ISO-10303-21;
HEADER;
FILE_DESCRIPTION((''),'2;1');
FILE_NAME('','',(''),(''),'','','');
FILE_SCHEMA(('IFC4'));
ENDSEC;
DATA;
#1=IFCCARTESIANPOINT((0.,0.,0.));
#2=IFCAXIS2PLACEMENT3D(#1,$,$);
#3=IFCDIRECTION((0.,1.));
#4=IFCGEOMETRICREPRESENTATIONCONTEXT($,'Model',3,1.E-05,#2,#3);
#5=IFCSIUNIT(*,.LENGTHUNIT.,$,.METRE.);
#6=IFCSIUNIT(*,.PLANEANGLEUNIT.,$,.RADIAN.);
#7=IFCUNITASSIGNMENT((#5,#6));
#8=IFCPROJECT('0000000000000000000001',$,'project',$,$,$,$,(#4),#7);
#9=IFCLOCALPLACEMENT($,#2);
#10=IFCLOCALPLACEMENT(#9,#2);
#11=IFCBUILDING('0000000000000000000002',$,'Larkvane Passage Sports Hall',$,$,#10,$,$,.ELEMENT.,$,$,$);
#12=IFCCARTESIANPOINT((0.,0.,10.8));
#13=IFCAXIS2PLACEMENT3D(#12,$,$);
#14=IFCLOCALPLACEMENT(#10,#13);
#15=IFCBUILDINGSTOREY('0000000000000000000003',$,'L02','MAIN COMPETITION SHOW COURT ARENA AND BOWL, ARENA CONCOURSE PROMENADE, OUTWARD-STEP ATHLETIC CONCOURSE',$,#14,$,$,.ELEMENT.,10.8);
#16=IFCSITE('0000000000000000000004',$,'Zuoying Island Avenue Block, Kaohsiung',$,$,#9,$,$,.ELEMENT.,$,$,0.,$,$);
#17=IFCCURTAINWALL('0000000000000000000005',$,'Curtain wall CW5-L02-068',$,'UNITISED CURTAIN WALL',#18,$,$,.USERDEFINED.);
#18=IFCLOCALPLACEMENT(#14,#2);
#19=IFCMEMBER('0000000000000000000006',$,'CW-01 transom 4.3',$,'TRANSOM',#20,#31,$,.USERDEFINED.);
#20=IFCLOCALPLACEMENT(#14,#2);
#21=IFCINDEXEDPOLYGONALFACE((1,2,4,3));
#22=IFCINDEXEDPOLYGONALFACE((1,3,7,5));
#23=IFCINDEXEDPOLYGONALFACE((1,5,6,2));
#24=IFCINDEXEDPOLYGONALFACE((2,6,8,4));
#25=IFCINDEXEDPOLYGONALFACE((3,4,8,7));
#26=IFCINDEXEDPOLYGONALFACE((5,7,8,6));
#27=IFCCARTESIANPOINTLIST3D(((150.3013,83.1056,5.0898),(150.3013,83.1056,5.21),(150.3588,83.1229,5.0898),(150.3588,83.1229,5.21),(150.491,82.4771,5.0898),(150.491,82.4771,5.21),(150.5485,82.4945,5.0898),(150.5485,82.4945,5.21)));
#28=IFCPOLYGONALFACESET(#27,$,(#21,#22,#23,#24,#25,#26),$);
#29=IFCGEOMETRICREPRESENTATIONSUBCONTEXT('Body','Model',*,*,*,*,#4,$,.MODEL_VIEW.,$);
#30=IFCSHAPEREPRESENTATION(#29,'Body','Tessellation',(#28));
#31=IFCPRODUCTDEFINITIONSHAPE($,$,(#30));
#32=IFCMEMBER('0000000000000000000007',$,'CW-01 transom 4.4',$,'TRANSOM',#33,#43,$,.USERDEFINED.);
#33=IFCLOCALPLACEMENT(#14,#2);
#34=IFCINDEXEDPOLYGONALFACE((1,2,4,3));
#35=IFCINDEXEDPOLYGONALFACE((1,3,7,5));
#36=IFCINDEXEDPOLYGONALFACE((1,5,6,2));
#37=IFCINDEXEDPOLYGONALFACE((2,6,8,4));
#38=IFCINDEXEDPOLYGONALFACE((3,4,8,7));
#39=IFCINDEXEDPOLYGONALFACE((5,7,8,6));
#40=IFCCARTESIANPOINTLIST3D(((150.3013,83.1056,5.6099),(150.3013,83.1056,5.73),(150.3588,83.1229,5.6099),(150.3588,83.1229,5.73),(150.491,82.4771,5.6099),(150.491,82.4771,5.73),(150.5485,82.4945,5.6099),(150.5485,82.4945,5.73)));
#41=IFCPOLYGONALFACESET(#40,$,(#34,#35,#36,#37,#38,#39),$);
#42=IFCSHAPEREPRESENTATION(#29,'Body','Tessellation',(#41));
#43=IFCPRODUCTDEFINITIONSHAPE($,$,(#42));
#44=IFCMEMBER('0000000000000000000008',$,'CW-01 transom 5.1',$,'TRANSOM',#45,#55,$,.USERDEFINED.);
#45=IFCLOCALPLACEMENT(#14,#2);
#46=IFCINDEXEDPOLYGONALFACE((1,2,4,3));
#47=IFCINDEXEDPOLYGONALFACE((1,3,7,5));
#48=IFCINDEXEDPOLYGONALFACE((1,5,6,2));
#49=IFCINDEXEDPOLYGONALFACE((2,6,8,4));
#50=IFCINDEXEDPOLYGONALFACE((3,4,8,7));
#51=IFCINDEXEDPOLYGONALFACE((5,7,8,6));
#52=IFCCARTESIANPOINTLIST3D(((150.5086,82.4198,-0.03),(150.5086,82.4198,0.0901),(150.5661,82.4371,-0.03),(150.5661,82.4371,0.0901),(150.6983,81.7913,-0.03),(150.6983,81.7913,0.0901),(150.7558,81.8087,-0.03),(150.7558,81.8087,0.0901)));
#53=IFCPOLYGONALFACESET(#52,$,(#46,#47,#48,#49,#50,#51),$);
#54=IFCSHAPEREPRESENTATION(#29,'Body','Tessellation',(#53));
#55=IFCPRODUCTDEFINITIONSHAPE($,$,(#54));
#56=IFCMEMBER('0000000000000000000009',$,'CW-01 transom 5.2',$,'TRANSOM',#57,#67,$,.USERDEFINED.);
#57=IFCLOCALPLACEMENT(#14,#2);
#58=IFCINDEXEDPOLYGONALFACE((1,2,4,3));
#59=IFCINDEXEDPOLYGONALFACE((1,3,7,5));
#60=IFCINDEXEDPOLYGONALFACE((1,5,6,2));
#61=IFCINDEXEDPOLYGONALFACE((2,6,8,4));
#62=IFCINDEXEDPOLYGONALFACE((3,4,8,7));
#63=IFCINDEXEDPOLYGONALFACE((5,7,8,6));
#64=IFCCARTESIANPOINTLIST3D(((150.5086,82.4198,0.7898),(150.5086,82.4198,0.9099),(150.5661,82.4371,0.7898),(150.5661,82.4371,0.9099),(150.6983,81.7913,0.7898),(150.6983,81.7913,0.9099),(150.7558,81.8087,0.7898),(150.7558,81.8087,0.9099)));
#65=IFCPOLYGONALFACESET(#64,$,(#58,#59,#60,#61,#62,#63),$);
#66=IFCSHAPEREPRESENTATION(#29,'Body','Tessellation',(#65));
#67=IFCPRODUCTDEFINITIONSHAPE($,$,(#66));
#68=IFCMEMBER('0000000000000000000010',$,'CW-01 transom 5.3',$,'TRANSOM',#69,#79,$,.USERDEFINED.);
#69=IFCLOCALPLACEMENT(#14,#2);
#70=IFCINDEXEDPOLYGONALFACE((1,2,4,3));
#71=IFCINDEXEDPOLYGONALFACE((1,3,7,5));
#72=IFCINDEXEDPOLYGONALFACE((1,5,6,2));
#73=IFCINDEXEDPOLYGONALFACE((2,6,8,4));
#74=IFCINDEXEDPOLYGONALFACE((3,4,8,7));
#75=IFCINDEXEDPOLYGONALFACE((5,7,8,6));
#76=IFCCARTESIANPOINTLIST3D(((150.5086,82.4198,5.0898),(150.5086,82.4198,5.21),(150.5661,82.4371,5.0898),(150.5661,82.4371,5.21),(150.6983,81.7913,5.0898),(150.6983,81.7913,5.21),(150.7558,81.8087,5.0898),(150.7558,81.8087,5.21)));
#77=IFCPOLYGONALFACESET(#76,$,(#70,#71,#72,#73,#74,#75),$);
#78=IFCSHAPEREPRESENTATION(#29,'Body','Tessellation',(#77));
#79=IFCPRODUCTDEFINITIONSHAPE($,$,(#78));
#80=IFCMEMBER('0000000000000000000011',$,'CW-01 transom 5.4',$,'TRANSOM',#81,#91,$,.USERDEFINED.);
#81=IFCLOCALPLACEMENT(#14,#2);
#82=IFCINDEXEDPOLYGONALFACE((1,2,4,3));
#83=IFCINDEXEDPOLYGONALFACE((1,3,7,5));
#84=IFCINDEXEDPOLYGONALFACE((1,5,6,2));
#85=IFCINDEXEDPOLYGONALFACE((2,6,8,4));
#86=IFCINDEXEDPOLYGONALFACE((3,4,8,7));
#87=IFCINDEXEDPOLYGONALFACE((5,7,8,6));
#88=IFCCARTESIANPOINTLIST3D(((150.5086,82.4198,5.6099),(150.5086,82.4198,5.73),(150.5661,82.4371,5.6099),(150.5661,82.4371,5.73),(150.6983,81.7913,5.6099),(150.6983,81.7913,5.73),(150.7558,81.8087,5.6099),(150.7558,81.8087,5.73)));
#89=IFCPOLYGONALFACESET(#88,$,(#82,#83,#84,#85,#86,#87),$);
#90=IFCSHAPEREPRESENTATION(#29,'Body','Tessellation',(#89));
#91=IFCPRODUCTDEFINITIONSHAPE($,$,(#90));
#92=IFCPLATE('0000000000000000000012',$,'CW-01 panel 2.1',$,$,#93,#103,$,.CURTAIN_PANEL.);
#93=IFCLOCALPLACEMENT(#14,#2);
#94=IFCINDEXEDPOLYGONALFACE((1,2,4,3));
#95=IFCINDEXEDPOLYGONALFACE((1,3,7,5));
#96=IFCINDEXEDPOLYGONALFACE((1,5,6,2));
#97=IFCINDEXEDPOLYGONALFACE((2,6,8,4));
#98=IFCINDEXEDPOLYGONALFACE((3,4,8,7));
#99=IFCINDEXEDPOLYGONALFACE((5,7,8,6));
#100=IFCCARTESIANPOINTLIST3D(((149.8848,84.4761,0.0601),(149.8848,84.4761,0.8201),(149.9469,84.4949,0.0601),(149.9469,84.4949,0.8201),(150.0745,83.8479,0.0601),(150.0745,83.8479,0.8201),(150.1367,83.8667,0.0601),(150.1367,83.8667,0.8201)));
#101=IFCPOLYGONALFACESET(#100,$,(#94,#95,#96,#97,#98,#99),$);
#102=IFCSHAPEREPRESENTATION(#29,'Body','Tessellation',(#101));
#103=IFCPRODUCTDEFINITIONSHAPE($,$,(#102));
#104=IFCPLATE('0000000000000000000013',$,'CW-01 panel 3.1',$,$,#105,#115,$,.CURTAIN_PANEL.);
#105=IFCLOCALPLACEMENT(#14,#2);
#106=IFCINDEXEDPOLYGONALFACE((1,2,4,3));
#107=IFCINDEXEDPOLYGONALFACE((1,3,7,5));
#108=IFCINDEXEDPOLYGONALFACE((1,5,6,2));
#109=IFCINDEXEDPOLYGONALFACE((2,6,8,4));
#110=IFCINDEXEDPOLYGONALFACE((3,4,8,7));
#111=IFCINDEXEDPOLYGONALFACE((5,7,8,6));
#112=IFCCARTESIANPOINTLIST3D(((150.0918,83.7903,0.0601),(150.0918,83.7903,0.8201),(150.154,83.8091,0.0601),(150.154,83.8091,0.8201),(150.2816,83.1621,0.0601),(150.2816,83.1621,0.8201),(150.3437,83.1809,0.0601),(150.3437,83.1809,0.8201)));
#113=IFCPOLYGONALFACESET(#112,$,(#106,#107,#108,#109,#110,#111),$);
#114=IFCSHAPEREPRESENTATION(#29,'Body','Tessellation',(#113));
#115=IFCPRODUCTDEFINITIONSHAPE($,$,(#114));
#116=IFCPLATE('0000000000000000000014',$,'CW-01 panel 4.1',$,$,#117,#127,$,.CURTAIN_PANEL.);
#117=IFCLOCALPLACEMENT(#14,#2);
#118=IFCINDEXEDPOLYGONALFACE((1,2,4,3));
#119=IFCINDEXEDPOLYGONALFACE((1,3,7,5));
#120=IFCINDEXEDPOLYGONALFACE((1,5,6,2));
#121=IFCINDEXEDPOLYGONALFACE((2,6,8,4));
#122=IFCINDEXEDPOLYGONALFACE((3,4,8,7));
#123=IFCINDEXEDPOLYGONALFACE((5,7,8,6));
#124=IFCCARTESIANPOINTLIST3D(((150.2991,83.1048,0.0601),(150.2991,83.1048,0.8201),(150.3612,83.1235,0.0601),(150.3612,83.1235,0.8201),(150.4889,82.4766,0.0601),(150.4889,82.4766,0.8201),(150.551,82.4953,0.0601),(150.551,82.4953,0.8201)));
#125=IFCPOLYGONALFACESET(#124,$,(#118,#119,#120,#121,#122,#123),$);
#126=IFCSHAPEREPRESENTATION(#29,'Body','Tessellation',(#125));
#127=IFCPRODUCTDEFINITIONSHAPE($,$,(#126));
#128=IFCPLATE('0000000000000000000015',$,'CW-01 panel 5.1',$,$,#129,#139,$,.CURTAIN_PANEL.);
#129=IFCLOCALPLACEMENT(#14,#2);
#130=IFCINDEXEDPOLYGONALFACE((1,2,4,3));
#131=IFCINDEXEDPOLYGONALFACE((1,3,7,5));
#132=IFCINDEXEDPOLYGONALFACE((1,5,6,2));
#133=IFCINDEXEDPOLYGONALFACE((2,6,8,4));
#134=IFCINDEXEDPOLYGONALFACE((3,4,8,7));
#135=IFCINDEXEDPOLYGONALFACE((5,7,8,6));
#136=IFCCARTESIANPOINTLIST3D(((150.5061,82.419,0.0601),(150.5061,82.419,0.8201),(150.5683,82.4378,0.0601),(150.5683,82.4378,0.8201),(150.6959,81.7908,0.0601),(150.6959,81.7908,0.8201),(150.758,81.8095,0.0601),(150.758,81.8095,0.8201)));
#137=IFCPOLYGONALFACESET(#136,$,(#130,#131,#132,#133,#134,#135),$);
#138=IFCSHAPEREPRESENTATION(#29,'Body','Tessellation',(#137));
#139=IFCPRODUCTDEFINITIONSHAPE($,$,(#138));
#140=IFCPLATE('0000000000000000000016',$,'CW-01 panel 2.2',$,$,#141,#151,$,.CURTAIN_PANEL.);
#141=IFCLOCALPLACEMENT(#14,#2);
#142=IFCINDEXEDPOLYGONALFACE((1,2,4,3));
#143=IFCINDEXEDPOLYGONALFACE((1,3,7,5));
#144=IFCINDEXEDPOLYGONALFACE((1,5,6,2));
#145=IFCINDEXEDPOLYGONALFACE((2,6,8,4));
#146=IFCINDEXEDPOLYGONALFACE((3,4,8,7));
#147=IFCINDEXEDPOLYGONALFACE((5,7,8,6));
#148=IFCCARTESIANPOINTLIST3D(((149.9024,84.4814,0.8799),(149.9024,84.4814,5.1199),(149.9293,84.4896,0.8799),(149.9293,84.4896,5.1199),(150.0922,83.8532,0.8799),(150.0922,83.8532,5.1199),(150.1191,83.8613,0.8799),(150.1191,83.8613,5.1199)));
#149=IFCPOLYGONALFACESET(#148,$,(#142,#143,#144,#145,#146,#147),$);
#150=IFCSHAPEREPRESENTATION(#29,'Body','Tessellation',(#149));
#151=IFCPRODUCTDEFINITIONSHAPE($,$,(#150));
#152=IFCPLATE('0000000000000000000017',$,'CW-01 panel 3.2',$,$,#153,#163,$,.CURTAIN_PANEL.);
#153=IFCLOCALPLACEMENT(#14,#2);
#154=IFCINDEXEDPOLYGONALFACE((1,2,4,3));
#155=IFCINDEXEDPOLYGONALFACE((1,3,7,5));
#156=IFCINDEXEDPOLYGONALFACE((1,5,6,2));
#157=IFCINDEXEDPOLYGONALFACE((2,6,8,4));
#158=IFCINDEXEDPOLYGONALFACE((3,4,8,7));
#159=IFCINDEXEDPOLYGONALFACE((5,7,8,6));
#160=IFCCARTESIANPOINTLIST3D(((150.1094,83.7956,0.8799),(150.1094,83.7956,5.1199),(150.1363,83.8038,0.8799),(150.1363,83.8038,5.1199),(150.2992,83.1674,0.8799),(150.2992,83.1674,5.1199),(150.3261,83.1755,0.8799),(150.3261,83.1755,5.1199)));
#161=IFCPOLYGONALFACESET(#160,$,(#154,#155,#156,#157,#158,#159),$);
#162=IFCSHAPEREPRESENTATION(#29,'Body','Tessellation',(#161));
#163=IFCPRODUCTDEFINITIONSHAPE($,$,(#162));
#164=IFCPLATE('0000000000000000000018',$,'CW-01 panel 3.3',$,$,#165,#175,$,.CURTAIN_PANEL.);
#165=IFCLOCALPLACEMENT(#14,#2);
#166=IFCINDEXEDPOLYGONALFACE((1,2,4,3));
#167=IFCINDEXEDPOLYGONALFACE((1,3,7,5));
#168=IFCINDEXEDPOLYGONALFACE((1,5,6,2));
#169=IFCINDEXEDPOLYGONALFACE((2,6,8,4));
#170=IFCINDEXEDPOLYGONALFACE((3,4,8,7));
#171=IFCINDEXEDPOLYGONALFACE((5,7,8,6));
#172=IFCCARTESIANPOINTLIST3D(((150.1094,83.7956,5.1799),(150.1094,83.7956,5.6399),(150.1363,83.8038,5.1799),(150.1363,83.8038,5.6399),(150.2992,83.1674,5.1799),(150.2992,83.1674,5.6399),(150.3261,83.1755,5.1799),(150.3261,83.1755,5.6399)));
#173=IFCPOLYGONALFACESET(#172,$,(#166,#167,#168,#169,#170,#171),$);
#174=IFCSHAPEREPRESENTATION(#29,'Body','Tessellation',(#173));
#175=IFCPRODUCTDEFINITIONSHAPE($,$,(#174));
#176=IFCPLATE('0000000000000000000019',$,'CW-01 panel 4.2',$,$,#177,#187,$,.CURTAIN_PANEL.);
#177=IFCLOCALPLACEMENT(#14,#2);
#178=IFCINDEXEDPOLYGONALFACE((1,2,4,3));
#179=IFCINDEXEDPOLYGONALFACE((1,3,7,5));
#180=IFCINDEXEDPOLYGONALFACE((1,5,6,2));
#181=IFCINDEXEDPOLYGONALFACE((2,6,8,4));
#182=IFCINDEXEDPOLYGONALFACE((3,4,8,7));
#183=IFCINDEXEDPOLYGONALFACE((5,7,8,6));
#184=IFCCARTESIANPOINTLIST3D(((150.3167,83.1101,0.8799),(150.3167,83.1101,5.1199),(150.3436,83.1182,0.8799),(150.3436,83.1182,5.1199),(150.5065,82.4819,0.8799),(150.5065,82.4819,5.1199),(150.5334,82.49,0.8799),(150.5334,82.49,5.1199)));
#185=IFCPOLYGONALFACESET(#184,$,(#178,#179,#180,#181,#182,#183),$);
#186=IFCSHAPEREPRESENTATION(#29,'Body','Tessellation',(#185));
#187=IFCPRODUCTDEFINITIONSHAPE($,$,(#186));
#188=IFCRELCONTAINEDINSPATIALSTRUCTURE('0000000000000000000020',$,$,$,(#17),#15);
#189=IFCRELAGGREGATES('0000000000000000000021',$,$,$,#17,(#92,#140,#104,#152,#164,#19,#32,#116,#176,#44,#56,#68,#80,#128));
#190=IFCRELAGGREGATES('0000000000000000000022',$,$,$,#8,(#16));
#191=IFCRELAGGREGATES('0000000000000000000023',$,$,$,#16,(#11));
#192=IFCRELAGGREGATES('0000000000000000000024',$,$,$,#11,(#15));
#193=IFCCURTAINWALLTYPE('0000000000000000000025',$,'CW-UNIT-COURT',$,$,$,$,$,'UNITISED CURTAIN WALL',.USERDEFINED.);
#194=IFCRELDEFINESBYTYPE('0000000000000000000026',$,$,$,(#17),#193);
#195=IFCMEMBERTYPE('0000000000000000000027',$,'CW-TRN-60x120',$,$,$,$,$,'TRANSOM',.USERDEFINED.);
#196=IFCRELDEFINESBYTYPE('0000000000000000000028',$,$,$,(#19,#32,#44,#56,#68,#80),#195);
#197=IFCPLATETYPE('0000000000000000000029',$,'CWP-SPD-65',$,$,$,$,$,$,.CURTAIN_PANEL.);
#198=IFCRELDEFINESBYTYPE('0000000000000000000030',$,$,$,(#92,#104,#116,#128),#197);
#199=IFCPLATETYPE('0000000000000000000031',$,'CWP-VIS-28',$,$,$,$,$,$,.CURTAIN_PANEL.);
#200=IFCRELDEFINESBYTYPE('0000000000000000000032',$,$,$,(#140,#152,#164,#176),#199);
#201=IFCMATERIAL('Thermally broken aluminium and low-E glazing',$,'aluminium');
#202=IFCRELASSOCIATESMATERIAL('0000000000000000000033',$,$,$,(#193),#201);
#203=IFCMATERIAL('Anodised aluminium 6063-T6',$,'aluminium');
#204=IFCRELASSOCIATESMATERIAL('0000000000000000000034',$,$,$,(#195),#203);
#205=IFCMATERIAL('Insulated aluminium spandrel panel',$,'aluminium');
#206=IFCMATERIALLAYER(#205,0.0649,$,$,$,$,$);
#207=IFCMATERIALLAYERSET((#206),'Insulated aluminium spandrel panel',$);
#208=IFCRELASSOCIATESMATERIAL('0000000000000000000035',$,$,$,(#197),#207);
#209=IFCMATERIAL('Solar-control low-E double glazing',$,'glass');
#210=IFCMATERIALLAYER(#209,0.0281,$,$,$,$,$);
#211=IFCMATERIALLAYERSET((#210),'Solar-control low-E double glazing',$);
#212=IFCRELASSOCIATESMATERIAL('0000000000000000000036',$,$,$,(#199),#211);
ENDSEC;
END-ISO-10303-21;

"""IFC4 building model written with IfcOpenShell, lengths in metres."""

from ifc_helpers import new_model, si_unit, direction, frame, origin, origin_2d, place, context, subcontext, project, spatial, rectangle, extrude, material, layer, layer_set, material_profile, profile_set, type_object, element, aggregate, save


model = new_model("IFC4")

# Units and contexts
model_context = context("Model", 3, precision=1e-05, world=origin(), true_north=direction((0.0, 1.0)))
body_context = subcontext(model_context, "Body", "Model", "MODEL_VIEW")
ifc_project = project(units=[si_unit("LENGTHUNIT", "METRE"), si_unit("PLANEANGLEUNIT", "RADIAN")], contexts=[model_context])

# Site, building, storey
site_placement = place(None, origin())
site = spatial("IfcSite", under=ifc_project, at=site_placement, Name="Zuoying Island Avenue Block, Kaohsiung", CompositionType="ELEMENT", RefElevation=0.0)
building_placement = place(site_placement, origin())
building = spatial("IfcBuilding", under=site, at=building_placement, Name="Larkvane Passage Sports Hall", CompositionType="ELEMENT")
storey_placement = place(building_placement, frame((0.0, 0.0, 10.8)))
storey = spatial("IfcBuildingStorey", under=building, at=storey_placement, Name="L02", Description="MAIN COMPETITION SHOW COURT ARENA AND BOWL, ARENA CONCOURSE PROMENADE, OUTWARD-STEP ATHLETIC CONCOURSE", CompositionType="ELEMENT", Elevation=10.8)

# Curtain wall, members, plates
ifc_material_1 = material(Name="Thermally broken aluminium and low-E glazing", Category="aluminium")
curtain_wall_type = type_object("IfcCurtainWallType", Name="CW-UNIT-COURT", ElementType="UNITISED CURTAIN WALL", PredefinedType="USERDEFINED", material=ifc_material_1)
curtain_wall_placement = place(storey_placement, origin())
curtain_wall = element("IfcCurtainWall", 1, at=curtain_wall_placement, inside=storey, type_object=curtain_wall_type, Name="Curtain wall CW5-L02-068", ObjectType="UNITISED CURTAIN WALL", PredefinedType="USERDEFINED")
ifc_material_2 = material(Name="Anodised aluminium 6063-T6", Category="aluminium")
ifc_material_profile_1 = material_profile(ifc_material_2, rectangle(XDim=0.0601, YDim=0.1201, at=origin_2d()), Name="ALU-TRN-60x120")
ifc_profile_set_1 = profile_set([ifc_material_profile_1], Name="Anodised aluminium 6063-T6")
member_type_1 = type_object("IfcMemberType", Name="CW-TRN-60x120", ElementType="TRANSOM", PredefinedType="USERDEFINED", material=ifc_profile_set_1)
member_1_placement = place(storey_placement, frame((150.3301, 83.1143, 5.1499), z_axis=(0.288985, -0.957334, 0.0), x_axis=(0.957334, 0.288985, 0.0)))
member_1 = element("IfcMember", 2, at=member_1_placement, type_object=member_type_1, Name="CW-01 transom 4.3", ObjectType="TRANSOM", PredefinedType="USERDEFINED", context=body_context, shape_type="SweptSolid", body=[
    extrude(rectangle(XDim=0.0601, YDim=0.1201, at=origin_2d()), origin(), (0.0, 0.0, 1.0), 0.6565),
])
member_2_placement = place(storey_placement, frame((150.3301, 83.1143, 5.6699), z_axis=(0.288985, -0.957334, 0.0), x_axis=(0.957334, 0.288985, 0.0)))
member_2 = element("IfcMember", 3, at=member_2_placement, type_object=member_type_1, Name="CW-01 transom 4.4", ObjectType="TRANSOM", PredefinedType="USERDEFINED", context=body_context, shape_type="SweptSolid", body=[
    extrude(rectangle(XDim=0.0601, YDim=0.1201, at=origin_2d()), origin(), (0.0, 0.0, 1.0), 0.6565),
])
member_3_placement = place(storey_placement, frame((150.5374, 82.4285, 0.03), z_axis=(0.288985, -0.957334, 0.0), x_axis=(0.957334, 0.288985, 0.0)))
member_3 = element("IfcMember", 4, at=member_3_placement, type_object=member_type_1, Name="CW-01 transom 5.1", ObjectType="TRANSOM", PredefinedType="USERDEFINED", context=body_context, shape_type="SweptSolid", body=[
    extrude(rectangle(XDim=0.0601, YDim=0.1201, at=origin_2d()), origin(), (0.0, 0.0, 1.0), 0.6565),
])
member_4_placement = place(storey_placement, frame((150.5374, 82.4285, 0.8499), z_axis=(0.288985, -0.957334, 0.0), x_axis=(0.957334, 0.288985, 0.0)))
member_4 = element("IfcMember", 5, at=member_4_placement, type_object=member_type_1, Name="CW-01 transom 5.2", ObjectType="TRANSOM", PredefinedType="USERDEFINED", context=body_context, shape_type="SweptSolid", body=[
    extrude(rectangle(XDim=0.0601, YDim=0.1201, at=origin_2d()), origin(), (0.0, 0.0, 1.0), 0.6565),
])
member_5_placement = place(storey_placement, frame((150.5374, 82.4285, 5.1499), z_axis=(0.288985, -0.957334, 0.0), x_axis=(0.957334, 0.288985, 0.0)))
member_5 = element("IfcMember", 6, at=member_5_placement, type_object=member_type_1, Name="CW-01 transom 5.3", ObjectType="TRANSOM", PredefinedType="USERDEFINED", context=body_context, shape_type="SweptSolid", body=[
    extrude(rectangle(XDim=0.0601, YDim=0.1201, at=origin_2d()), origin(), (0.0, 0.0, 1.0), 0.6565),
])
member_6_placement = place(storey_placement, frame((150.5374, 82.4285, 5.6699), z_axis=(0.288985, -0.957334, 0.0), x_axis=(0.957334, 0.288985, 0.0)))
member_6 = element("IfcMember", 7, at=member_6_placement, type_object=member_type_1, Name="CW-01 transom 5.4", ObjectType="TRANSOM", PredefinedType="USERDEFINED", context=body_context, shape_type="SweptSolid", body=[
    extrude(rectangle(XDim=0.0601, YDim=0.1201, at=origin_2d()), origin(), (0.0, 0.0, 1.0), 0.6565),
])
ifc_material_3 = material(Name="Insulated aluminium spandrel panel", Category="aluminium")
ifc_layer_1 = layer(ifc_material_3, 0.0649)
ifc_layer_set_1 = layer_set([ifc_layer_1], Name="Insulated aluminium spandrel panel")
plate_type_1 = type_object("IfcPlateType", Name="CWP-SPD-65", PredefinedType="CURTAIN_PANEL", material=ifc_layer_set_1)
plate_1_placement = place(storey_placement, frame((150.0107, 84.1714, 0.0601), z_axis=(0.0, 0.0, 1.0), x_axis=(0.289177, -0.957276, 0.0)))
plate_1 = element("IfcPlate", 8, at=plate_1_placement, type_object=plate_type_1, Name="CW-01 panel 2.1", PredefinedType="CURTAIN_PANEL", context=body_context, shape_type="SweptSolid", body=[
    extrude(rectangle(XDim=0.6562, YDim=0.0649, at=origin_2d()), origin(), (0.0, 0.0, 1.0), 0.76),
])
plate_2_placement = place(storey_placement, frame((150.2178, 83.4856, 0.0601), z_axis=(0.0, 0.0, 1.0), x_axis=(0.289177, -0.957276, 0.0)))
plate_2 = element("IfcPlate", 9, at=plate_2_placement, type_object=plate_type_1, Name="CW-01 panel 3.1", PredefinedType="CURTAIN_PANEL", context=body_context, shape_type="SweptSolid", body=[
    extrude(rectangle(XDim=0.6562, YDim=0.0649, at=origin_2d()), origin(), (0.0, 0.0, 1.0), 0.76),
])
plate_3_placement = place(storey_placement, frame((150.425, 82.8, 0.0601), z_axis=(0.0, 0.0, 1.0), x_axis=(0.289177, -0.957276, 0.0)))
plate_3 = element("IfcPlate", 10, at=plate_3_placement, type_object=plate_type_1, Name="CW-01 panel 4.1", PredefinedType="CURTAIN_PANEL", context=body_context, shape_type="SweptSolid", body=[
    extrude(rectangle(XDim=0.6562, YDim=0.0649, at=origin_2d()), origin(), (0.0, 0.0, 1.0), 0.76),
])
plate_4_placement = place(storey_placement, frame((150.6321, 82.1143, 0.0601), z_axis=(0.0, 0.0, 1.0), x_axis=(0.289177, -0.957276, 0.0)))
plate_4 = element("IfcPlate", 11, at=plate_4_placement, type_object=plate_type_1, Name="CW-01 panel 5.1", PredefinedType="CURTAIN_PANEL", context=body_context, shape_type="SweptSolid", body=[
    extrude(rectangle(XDim=0.6562, YDim=0.0649, at=origin_2d()), origin(), (0.0, 0.0, 1.0), 0.76),
])
ifc_material_4 = material(Name="Solar-control low-E double glazing", Category="glass")
ifc_layer_2 = layer(ifc_material_4, 0.0281)
ifc_layer_set_2 = layer_set([ifc_layer_2], Name="Solar-control low-E double glazing")
plate_type_2 = type_object("IfcPlateType", Name="CWP-VIS-28", PredefinedType="CURTAIN_PANEL", material=ifc_layer_set_2)
plate_5_placement = place(storey_placement, frame((150.0107, 84.1714, 0.8799), z_axis=(0.0, 0.0, 1.0), x_axis=(0.289177, -0.957276, 0.0)))
plate_5 = element("IfcPlate", 12, at=plate_5_placement, type_object=plate_type_2, Name="CW-01 panel 2.2", PredefinedType="CURTAIN_PANEL", context=body_context, shape_type="SweptSolid", body=[
    extrude(rectangle(XDim=0.6562, YDim=0.0281, at=origin_2d()), origin(), (0.0, 0.0, 1.0), 4.24),
])
plate_6_placement = place(storey_placement, frame((150.2178, 83.4856, 0.8799), z_axis=(0.0, 0.0, 1.0), x_axis=(0.289177, -0.957276, 0.0)))
plate_6 = element("IfcPlate", 13, at=plate_6_placement, type_object=plate_type_2, Name="CW-01 panel 3.2", PredefinedType="CURTAIN_PANEL", context=body_context, shape_type="SweptSolid", body=[
    extrude(rectangle(XDim=0.6562, YDim=0.0281, at=origin_2d()), origin(), (0.0, 0.0, 1.0), 4.24),
])
plate_7_placement = place(storey_placement, frame((150.2178, 83.4856, 5.1799), z_axis=(0.0, 0.0, 1.0), x_axis=(0.289177, -0.957276, 0.0)))
plate_7 = element("IfcPlate", 14, at=plate_7_placement, type_object=plate_type_2, Name="CW-01 panel 3.3", PredefinedType="CURTAIN_PANEL", context=body_context, shape_type="SweptSolid", body=[
    extrude(rectangle(XDim=0.6562, YDim=0.0281, at=origin_2d()), origin(), (0.0, 0.0, 1.0), 0.46),
])
plate_8_placement = place(storey_placement, frame((150.425, 82.8, 0.8799), z_axis=(0.0, 0.0, 1.0), x_axis=(0.289177, -0.957276, 0.0)))
plate_8 = element("IfcPlate", 15, at=plate_8_placement, type_object=plate_type_2, Name="CW-01 panel 4.2", PredefinedType="CURTAIN_PANEL", context=body_context, shape_type="SweptSolid", body=[
    extrude(rectangle(XDim=0.6562, YDim=0.0281, at=origin_2d()), origin(), (0.0, 0.0, 1.0), 4.24),
])
aggregate(curtain_wall, [plate_1, plate_5, plate_2, plate_6, plate_7, member_1, member_2, plate_3, plate_8, member_3, member_4, member_5, member_6, plate_4])

save(model, "model.ifc")
